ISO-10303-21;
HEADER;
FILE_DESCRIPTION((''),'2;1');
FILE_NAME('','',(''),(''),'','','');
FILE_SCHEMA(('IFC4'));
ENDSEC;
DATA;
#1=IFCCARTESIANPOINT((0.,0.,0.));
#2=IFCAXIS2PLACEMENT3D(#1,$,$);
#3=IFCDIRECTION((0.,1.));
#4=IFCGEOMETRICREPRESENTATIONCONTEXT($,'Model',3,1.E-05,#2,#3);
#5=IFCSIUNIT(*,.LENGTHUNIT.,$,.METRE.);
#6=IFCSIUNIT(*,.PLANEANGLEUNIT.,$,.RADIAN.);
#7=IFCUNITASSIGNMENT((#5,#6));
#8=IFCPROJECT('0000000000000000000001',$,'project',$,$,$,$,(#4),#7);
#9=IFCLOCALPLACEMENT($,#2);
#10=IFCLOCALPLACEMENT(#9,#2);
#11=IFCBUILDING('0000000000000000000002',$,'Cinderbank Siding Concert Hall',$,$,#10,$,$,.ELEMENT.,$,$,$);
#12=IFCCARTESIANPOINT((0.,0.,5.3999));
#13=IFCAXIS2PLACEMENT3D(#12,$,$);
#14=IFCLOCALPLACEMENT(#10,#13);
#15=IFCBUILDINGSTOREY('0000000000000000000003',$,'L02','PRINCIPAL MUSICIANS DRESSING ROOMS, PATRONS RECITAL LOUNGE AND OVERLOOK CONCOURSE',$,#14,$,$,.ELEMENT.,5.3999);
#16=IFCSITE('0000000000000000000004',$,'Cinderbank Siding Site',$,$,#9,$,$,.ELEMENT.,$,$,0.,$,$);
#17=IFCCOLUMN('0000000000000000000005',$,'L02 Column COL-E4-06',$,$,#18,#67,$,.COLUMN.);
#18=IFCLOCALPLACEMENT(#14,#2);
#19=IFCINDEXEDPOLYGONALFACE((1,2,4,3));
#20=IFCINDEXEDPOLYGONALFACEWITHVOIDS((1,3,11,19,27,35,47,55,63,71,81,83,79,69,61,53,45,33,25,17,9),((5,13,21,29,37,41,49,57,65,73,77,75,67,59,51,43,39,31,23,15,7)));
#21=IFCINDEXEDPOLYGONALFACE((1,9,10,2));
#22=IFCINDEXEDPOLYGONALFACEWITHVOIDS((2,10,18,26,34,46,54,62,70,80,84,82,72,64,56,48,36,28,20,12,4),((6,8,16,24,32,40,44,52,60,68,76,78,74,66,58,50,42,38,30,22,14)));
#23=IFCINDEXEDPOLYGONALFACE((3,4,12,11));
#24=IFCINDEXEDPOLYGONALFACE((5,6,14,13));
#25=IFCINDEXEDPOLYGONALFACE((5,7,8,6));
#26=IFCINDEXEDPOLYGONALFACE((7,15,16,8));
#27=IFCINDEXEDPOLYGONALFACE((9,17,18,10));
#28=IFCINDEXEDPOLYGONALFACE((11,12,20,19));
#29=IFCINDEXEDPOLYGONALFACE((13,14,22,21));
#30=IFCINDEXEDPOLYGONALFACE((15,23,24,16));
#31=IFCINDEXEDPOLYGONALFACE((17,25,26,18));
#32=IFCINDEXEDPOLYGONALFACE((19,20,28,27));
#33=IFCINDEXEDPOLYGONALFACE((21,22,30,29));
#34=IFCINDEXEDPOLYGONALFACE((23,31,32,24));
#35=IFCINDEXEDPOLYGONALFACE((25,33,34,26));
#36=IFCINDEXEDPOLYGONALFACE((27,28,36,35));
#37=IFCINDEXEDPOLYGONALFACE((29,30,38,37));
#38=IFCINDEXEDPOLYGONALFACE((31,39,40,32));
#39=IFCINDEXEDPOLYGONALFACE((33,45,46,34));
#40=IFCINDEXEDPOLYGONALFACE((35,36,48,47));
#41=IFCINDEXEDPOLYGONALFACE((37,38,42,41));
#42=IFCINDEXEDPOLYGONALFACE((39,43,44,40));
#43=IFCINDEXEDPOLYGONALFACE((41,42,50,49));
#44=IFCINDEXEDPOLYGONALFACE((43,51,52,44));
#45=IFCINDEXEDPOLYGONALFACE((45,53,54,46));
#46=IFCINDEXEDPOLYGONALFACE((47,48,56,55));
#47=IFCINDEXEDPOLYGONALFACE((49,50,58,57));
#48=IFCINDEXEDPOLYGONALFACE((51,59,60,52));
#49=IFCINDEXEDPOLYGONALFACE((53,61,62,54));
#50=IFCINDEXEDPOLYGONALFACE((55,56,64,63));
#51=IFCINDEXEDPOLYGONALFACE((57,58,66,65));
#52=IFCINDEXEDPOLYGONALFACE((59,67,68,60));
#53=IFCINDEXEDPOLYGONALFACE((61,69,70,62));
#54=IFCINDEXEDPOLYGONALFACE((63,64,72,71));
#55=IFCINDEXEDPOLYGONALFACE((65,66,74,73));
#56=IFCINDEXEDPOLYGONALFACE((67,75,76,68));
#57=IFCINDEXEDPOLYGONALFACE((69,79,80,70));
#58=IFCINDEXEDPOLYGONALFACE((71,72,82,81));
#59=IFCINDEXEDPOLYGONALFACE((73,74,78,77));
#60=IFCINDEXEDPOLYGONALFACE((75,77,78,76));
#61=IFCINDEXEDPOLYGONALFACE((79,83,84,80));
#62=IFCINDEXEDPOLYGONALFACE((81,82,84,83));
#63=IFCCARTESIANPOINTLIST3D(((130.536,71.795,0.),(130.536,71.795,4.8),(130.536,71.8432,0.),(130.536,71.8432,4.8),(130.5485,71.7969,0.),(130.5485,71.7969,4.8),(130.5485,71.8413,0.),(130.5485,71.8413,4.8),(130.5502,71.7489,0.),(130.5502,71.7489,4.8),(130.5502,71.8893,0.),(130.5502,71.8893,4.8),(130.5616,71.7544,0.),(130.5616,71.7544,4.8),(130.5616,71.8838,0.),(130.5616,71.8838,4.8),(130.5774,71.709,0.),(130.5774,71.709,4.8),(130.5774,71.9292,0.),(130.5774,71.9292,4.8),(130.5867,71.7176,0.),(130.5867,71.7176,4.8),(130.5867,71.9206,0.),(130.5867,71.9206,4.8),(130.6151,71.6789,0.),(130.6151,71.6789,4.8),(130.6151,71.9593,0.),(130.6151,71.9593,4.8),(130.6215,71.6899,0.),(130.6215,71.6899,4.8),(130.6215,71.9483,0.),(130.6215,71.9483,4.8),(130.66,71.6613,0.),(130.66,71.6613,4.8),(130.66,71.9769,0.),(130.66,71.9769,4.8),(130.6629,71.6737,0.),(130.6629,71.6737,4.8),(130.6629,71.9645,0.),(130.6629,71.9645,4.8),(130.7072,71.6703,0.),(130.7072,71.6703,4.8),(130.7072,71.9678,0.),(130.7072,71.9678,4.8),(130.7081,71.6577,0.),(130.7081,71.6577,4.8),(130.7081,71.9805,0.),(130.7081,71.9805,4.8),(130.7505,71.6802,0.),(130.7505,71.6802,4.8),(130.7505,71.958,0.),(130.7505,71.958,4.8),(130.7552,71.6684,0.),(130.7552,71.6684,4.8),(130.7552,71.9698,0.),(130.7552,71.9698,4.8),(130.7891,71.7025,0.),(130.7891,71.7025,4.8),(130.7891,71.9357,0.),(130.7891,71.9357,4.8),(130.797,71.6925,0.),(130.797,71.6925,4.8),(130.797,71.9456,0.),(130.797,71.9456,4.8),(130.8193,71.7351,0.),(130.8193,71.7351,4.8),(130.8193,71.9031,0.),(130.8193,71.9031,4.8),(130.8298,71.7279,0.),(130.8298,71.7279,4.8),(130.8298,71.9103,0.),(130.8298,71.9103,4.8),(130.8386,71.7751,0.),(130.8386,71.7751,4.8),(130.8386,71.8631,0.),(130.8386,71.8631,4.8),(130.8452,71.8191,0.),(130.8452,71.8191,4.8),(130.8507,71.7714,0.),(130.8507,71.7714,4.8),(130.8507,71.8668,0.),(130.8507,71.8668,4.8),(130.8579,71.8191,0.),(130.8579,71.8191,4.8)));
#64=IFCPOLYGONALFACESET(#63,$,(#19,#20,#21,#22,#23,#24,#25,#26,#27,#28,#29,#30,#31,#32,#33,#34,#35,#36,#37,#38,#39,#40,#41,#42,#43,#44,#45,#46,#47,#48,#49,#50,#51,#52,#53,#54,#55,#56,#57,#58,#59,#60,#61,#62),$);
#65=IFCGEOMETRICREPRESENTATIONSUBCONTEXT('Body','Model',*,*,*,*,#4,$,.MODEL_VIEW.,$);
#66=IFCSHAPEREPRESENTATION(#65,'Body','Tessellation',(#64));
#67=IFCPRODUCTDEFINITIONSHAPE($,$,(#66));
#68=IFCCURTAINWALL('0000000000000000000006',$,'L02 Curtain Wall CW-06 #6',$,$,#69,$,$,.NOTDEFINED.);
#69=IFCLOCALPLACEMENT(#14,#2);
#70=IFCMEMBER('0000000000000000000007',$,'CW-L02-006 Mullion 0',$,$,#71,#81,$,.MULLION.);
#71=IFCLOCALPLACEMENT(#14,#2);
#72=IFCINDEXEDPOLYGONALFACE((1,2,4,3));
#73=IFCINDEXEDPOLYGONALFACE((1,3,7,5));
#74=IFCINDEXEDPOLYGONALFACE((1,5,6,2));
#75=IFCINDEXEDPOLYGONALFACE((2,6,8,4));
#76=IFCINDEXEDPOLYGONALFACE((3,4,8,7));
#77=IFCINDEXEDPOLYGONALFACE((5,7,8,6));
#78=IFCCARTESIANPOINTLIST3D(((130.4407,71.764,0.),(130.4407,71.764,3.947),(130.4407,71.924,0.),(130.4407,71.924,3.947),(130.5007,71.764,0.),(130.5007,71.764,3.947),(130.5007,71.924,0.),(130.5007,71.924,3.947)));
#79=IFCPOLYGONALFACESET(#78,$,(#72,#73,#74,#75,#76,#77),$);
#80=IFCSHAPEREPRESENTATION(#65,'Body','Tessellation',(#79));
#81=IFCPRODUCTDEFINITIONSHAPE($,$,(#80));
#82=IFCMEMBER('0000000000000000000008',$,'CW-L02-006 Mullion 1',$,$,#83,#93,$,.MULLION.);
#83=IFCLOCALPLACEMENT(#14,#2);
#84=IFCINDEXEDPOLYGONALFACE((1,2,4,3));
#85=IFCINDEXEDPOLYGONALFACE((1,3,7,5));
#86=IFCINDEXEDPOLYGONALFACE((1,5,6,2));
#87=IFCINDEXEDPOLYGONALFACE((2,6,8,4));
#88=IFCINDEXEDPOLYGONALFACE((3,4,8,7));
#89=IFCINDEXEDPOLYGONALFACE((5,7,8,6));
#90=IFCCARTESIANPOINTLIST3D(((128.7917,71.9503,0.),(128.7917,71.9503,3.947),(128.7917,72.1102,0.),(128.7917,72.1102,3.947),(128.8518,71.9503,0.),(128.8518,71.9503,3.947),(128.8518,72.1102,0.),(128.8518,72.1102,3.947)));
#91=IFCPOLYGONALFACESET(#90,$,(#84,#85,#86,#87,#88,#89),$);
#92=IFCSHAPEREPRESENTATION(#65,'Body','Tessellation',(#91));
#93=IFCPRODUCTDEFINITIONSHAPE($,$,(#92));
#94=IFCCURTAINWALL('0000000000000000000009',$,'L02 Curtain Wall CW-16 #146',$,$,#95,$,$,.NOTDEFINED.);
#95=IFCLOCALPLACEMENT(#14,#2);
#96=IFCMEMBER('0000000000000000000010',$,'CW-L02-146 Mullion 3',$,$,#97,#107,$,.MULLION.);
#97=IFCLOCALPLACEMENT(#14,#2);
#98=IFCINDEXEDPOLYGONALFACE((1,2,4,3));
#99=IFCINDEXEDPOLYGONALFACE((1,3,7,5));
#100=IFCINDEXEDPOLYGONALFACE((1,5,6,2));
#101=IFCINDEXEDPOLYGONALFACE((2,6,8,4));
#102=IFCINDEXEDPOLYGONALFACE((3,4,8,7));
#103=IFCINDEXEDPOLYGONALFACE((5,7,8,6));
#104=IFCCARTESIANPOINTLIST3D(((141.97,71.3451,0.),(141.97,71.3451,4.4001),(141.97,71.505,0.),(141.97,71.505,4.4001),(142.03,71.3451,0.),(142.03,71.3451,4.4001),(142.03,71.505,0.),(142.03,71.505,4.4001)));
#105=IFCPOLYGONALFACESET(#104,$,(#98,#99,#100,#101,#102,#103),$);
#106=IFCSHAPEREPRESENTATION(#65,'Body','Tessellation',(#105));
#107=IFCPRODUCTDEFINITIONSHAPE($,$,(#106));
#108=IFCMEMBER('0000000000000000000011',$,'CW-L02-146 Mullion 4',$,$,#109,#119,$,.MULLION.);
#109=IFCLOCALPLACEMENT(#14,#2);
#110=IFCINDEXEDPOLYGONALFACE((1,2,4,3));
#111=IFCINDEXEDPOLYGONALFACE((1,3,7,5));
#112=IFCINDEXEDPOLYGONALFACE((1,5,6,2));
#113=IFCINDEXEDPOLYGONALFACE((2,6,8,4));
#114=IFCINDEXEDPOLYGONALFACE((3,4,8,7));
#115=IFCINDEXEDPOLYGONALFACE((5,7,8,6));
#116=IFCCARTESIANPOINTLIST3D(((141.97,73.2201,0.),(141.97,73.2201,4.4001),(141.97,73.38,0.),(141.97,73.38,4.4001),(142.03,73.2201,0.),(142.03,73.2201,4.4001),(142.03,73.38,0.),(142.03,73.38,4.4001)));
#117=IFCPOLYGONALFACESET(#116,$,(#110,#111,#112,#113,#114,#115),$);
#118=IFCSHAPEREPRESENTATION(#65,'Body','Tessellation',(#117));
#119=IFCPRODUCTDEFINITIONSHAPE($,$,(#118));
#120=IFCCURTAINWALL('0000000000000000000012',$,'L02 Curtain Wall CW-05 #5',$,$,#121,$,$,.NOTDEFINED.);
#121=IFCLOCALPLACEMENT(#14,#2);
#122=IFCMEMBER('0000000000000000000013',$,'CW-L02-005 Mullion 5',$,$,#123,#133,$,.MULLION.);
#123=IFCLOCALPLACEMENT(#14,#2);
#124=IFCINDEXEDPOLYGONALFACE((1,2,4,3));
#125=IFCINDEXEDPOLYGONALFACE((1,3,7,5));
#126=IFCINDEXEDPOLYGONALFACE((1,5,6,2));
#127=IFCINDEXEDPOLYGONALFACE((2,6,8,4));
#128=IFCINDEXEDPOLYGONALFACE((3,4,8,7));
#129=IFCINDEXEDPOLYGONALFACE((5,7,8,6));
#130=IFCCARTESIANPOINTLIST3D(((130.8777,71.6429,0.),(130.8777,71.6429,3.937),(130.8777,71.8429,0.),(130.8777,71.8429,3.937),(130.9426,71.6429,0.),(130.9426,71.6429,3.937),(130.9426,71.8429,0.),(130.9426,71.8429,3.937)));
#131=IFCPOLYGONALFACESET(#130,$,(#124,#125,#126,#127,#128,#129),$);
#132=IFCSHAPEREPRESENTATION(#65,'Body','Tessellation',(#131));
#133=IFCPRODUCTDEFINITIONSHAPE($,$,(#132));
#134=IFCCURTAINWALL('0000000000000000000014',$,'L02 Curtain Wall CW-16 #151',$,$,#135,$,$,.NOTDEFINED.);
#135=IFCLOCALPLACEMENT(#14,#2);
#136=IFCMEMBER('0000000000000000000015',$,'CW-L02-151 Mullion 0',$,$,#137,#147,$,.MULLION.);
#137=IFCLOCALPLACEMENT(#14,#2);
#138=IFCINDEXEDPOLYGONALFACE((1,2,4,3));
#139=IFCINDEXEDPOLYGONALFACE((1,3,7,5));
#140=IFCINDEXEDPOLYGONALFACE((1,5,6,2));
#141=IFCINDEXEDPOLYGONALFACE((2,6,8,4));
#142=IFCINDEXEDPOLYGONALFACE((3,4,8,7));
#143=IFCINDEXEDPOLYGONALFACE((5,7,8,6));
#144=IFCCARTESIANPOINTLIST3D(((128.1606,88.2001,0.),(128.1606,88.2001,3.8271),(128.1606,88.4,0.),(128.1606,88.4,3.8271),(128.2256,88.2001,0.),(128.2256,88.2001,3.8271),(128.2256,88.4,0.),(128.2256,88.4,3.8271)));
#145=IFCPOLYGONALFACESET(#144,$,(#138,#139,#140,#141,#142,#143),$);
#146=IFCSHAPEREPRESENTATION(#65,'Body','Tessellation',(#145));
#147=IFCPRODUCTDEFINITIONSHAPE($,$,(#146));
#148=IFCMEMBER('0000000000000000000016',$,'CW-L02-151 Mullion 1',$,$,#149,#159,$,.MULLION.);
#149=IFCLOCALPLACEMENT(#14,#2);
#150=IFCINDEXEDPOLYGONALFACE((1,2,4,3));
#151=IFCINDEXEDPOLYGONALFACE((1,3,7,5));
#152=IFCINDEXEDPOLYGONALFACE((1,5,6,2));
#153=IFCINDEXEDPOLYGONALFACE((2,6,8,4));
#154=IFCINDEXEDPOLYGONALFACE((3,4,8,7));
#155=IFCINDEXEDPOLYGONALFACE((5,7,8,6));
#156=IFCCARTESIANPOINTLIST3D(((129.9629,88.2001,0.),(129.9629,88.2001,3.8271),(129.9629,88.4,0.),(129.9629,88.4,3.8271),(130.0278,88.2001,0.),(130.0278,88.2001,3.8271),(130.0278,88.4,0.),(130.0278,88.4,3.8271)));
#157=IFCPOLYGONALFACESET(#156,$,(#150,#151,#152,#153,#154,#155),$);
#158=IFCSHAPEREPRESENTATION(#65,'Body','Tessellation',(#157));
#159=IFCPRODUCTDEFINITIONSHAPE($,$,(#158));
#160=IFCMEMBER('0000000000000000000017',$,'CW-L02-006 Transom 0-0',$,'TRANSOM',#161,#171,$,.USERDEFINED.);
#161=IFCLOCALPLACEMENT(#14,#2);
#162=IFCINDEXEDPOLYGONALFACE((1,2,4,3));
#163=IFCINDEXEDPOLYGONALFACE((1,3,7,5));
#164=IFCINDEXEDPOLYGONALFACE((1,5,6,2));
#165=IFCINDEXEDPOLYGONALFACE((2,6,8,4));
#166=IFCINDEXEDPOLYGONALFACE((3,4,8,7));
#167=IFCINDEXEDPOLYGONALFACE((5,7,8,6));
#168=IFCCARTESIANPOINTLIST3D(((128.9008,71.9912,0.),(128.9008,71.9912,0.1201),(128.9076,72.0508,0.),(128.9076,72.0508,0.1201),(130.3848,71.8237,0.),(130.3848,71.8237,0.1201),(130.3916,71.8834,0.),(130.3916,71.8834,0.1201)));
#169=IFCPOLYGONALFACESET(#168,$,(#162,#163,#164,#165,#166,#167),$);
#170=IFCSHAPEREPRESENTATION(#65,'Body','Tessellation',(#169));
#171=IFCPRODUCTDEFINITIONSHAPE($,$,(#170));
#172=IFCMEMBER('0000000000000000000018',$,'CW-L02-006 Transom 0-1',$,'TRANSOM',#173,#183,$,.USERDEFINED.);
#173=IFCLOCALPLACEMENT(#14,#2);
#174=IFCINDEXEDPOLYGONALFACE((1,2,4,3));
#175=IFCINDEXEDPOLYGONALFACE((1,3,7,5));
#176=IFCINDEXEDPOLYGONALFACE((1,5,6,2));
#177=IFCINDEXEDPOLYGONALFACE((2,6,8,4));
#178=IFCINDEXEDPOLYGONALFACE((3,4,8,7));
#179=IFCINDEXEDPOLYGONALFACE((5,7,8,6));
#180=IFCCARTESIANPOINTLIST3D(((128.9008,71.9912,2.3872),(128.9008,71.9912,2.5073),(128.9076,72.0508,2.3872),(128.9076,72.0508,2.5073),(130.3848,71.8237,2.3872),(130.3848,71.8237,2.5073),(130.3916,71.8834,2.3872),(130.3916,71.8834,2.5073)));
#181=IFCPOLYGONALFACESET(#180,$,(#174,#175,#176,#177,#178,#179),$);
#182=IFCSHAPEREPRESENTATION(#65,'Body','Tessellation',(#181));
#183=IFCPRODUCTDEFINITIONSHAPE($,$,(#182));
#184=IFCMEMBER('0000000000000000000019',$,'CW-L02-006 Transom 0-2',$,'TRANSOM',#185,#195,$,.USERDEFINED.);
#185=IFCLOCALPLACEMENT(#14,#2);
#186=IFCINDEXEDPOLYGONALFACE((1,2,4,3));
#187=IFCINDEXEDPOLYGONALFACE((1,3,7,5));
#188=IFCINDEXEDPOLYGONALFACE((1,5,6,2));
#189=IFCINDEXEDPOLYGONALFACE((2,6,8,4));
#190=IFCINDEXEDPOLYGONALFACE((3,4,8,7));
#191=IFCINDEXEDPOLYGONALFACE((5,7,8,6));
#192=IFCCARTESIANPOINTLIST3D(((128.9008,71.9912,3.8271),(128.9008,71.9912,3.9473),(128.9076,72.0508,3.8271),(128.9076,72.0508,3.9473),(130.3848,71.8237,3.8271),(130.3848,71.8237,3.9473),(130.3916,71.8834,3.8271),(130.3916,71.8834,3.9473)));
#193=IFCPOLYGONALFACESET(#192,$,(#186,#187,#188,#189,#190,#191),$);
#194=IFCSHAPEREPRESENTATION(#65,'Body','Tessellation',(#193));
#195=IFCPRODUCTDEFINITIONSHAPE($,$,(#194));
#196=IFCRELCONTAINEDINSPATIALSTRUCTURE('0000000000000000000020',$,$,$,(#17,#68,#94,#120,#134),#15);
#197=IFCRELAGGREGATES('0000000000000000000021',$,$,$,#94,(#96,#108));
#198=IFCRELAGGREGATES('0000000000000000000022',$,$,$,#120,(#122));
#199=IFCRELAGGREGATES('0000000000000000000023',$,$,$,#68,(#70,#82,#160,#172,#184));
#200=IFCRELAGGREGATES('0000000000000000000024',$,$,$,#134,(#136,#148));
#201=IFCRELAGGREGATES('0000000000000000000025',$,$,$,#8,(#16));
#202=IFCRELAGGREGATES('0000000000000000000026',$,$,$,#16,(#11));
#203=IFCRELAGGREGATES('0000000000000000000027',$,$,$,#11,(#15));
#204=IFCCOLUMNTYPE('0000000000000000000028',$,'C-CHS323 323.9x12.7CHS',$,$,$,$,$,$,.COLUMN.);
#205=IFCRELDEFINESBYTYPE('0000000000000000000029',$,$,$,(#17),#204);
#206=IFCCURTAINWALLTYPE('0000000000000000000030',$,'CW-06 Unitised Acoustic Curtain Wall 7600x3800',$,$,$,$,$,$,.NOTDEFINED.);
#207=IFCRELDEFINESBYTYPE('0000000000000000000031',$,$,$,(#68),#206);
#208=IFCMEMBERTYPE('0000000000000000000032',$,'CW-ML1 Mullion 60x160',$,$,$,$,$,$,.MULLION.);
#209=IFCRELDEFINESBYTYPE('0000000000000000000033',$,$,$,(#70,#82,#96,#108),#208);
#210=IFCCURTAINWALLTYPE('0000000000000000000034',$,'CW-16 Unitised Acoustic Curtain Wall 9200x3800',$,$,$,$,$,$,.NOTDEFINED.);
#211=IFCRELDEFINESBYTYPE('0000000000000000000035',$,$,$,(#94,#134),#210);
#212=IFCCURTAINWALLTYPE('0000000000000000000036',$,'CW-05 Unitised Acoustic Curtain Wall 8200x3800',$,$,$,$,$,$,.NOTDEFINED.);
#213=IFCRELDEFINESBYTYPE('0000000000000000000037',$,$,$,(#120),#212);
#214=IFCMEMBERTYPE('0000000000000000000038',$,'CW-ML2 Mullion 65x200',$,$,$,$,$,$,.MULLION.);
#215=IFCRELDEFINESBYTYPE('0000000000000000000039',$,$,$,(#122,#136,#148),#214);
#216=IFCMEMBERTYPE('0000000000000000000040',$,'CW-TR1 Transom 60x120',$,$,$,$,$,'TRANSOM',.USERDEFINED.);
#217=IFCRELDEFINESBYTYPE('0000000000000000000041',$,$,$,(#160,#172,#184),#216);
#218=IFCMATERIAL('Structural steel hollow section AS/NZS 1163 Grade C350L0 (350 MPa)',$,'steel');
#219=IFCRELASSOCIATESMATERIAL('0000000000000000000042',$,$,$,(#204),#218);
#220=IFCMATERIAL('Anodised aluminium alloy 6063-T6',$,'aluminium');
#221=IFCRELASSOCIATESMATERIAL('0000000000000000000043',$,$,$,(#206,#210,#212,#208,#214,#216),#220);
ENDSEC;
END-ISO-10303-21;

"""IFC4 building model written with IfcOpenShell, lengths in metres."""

from ifc_helpers import new_model, si_unit, direction, frame, origin, origin_2d, place, context, subcontext, project, spatial, rectangle, hollow_circle, extrude, material, material_profile, profile_set, type_object, element, aggregate, save


model = new_model("IFC4")

# Units and contexts
model_context = context("Model", 3, precision=1e-05, world=origin(), true_north=direction((0.0, 1.0)))
body_context = subcontext(model_context, "Body", "Model", "MODEL_VIEW")
ifc_project = project(units=[si_unit("LENGTHUNIT", "METRE"), si_unit("PLANEANGLEUNIT", "RADIAN")], contexts=[model_context])

# Site, building, storey
site_placement = place(None, origin())
site = spatial("IfcSite", under=ifc_project, at=site_placement, Name="Cinderbank Siding Site", CompositionType="ELEMENT", RefElevation=0.0)
building_placement = place(site_placement, origin())
building = spatial("IfcBuilding", under=site, at=building_placement, Name="Cinderbank Siding Concert Hall", CompositionType="ELEMENT")
storey_placement = place(building_placement, frame((0.0, 0.0, 5.3999)))
storey = spatial("IfcBuildingStorey", under=building, at=storey_placement, Name="L02", Description="PRINCIPAL MUSICIANS DRESSING ROOMS, PATRONS RECITAL LOUNGE AND OVERLOOK CONCOURSE", CompositionType="ELEMENT", Elevation=5.3999)

# Column
ifc_material_1 = material(Name="Structural steel hollow section AS/NZS 1163 Grade C350L0 (350 MPa)", Category="steel")
ifc_material_profile_1 = material_profile(ifc_material_1, hollow_circle(Radius=0.1619, WallThickness=0.0127, at=origin_2d()), Name="323.9x12.7CHS", Category="LoadBearing")
ifc_profile_set_1 = profile_set([ifc_material_profile_1], Name="Structural steel hollow section AS/NZS 1163 Grade C350L0 (350 MPa)")
column_type = type_object("IfcColumnType", Name="C-CHS323 323.9x12.7CHS", PredefinedType="COLUMN", material=ifc_profile_set_1)
column_placement = place(storey_placement, frame((130.696, 71.8191, 0.0), z_axis=(0.0, 0.0, 1.0), x_axis=(1.0, 0.0, 0.0)))
element("IfcColumn", 1, at=column_placement, inside=storey, type_object=column_type, Name="L02 Column COL-E4-06", PredefinedType="COLUMN", context=body_context, shape_type="SweptSolid", body=[
    extrude(hollow_circle(Radius=0.1619, WallThickness=0.0127, at=origin_2d()), origin(), (0.0, 0.0, 1.0), 4.8),
])

# Curtain walls, members
ifc_material_2 = material(Name="Anodised aluminium alloy 6063-T6", Category="aluminium")
curtain_wall_type_1 = type_object("IfcCurtainWallType", Name="CW-06 Unitised Acoustic Curtain Wall 7600x3800", PredefinedType="NOTDEFINED", material=ifc_material_2)
curtain_wall_1_placement = place(storey_placement, origin())
curtain_wall_1 = element("IfcCurtainWall", 2, at=curtain_wall_1_placement, inside=storey, type_object=curtain_wall_type_1, Name="L02 Curtain Wall CW-06 #6", PredefinedType="NOTDEFINED")
ifc_material_profile_2 = material_profile(ifc_material_2, rectangle(XDim=0.0601, YDim=0.1599, at=origin_2d()), Name="ALU-MULL-60x160", Category="LoadBearing")
ifc_profile_set_2 = profile_set([ifc_material_profile_2], Name="Anodised aluminium alloy 6063-T6")
member_type_1 = type_object("IfcMemberType", Name="CW-ML1 Mullion 60x160", PredefinedType="MULLION", material=ifc_profile_set_2)
member_1_placement = place(storey_placement, frame((130.4707, 71.844, 0.0), z_axis=(0.0, 0.0, 1.0), x_axis=(1.0, 0.0, 0.0)))
member_1 = element("IfcMember", 3, at=member_1_placement, type_object=member_type_1, Name="CW-L02-006 Mullion 0", PredefinedType="MULLION", context=body_context, shape_type="SweptSolid", body=[
    extrude(rectangle(XDim=0.0601, YDim=0.1599, at=origin_2d()), origin(), (0.0, 0.0, 1.0), 3.947),
])
member_2_placement = place(storey_placement, frame((128.8218, 72.0303, 0.0), z_axis=(0.0, 0.0, 1.0), x_axis=(1.0, 0.0, 0.0)))
member_2 = element("IfcMember", 4, at=member_2_placement, type_object=member_type_1, Name="CW-L02-006 Mullion 1", PredefinedType="MULLION", context=body_context, shape_type="SweptSolid", body=[
    extrude(rectangle(XDim=0.0601, YDim=0.1599, at=origin_2d()), origin(), (0.0, 0.0, 1.0), 3.947),
])
curtain_wall_type_2 = type_object("IfcCurtainWallType", Name="CW-16 Unitised Acoustic Curtain Wall 9200x3800", PredefinedType="NOTDEFINED", material=ifc_material_2)
curtain_wall_2_placement = place(storey_placement, origin())
curtain_wall_2 = element("IfcCurtainWall", 5, at=curtain_wall_2_placement, inside=storey, type_object=curtain_wall_type_2, Name="L02 Curtain Wall CW-16 #146", PredefinedType="NOTDEFINED")
member_3_placement = place(storey_placement, frame((142.0, 71.425, 0.0), z_axis=(0.0, 0.0, 1.0), x_axis=(1.0, 0.0, 0.0)))
member_3 = element("IfcMember", 6, at=member_3_placement, type_object=member_type_1, Name="CW-L02-146 Mullion 3", PredefinedType="MULLION", context=body_context, shape_type="SweptSolid", body=[
    extrude(rectangle(XDim=0.0601, YDim=0.1599, at=origin_2d()), origin(), (0.0, 0.0, 1.0), 4.4001),
])
member_4_placement = place(storey_placement, frame((142.0, 73.3, 0.0), z_axis=(0.0, 0.0, 1.0), x_axis=(1.0, 0.0, 0.0)))
member_4 = element("IfcMember", 7, at=member_4_placement, type_object=member_type_1, Name="CW-L02-146 Mullion 4", PredefinedType="MULLION", context=body_context, shape_type="SweptSolid", body=[
    extrude(rectangle(XDim=0.0601, YDim=0.1599, at=origin_2d()), origin(), (0.0, 0.0, 1.0), 4.4001),
])

# Curtain wall, member
curtain_wall_type_3 = type_object("IfcCurtainWallType", Name="CW-05 Unitised Acoustic Curtain Wall 8200x3800", PredefinedType="NOTDEFINED", material=ifc_material_2)
curtain_wall_3_placement = place(storey_placement, origin())
curtain_wall_3 = element("IfcCurtainWall", 8, at=curtain_wall_3_placement, inside=storey, type_object=curtain_wall_type_3, Name="L02 Curtain Wall CW-05 #5", PredefinedType="NOTDEFINED")
ifc_material_profile_3 = material_profile(ifc_material_2, rectangle(XDim=0.0649, YDim=0.2, at=origin_2d()), Name="ALU-MULL-65x200", Category="LoadBearing")
ifc_profile_set_3 = profile_set([ifc_material_profile_3], Name="Anodised aluminium alloy 6063-T6")
member_type_2 = type_object("IfcMemberType", Name="CW-ML2 Mullion 65x200", PredefinedType="MULLION", material=ifc_profile_set_3)
member_5_placement = place(storey_placement, frame((130.9102, 71.7429, 0.0), z_axis=(0.0, 0.0, 1.0), x_axis=(1.0, 0.0, 0.0)))
member_5 = element("IfcMember", 9, at=member_5_placement, type_object=member_type_2, Name="CW-L02-005 Mullion 5", PredefinedType="MULLION", context=body_context, shape_type="SweptSolid", body=[
    extrude(rectangle(XDim=0.0649, YDim=0.2, at=origin_2d()), origin(), (0.0, 0.0, 1.0), 3.937),
])

# Curtain wall, members
curtain_wall_4_placement = place(storey_placement, origin())
curtain_wall_4 = element("IfcCurtainWall", 10, at=curtain_wall_4_placement, inside=storey, type_object=curtain_wall_type_2, Name="L02 Curtain Wall CW-16 #151", PredefinedType="NOTDEFINED")
member_6_placement = place(storey_placement, frame((128.1931, 88.3, 0.0), z_axis=(0.0, 0.0, 1.0), x_axis=(1.0, 0.0, 0.0)))
member_6 = element("IfcMember", 11, at=member_6_placement, type_object=member_type_2, Name="CW-L02-151 Mullion 0", PredefinedType="MULLION", context=body_context, shape_type="SweptSolid", body=[
    extrude(rectangle(XDim=0.0649, YDim=0.2, at=origin_2d()), origin(), (0.0, 0.0, 1.0), 3.8271),
])
member_7_placement = place(storey_placement, frame((129.9954, 88.3, 0.0), z_axis=(0.0, 0.0, 1.0), x_axis=(1.0, 0.0, 0.0)))
member_7 = element("IfcMember", 12, at=member_7_placement, type_object=member_type_2, Name="CW-L02-151 Mullion 1", PredefinedType="MULLION", context=body_context, shape_type="SweptSolid", body=[
    extrude(rectangle(XDim=0.0649, YDim=0.2, at=origin_2d()), origin(), (0.0, 0.0, 1.0), 3.8271),
])

# Members
ifc_material_profile_4 = material_profile(ifc_material_2, rectangle(XDim=0.0601, YDim=0.1201, at=origin_2d()), Name="ALU-TRAN-60x120", Category="LoadBearing")
ifc_profile_set_4 = profile_set([ifc_material_profile_4], Name="Anodised aluminium alloy 6063-T6")
member_type_3 = type_object("IfcMemberType", Name="CW-TR1 Transom 60x120", ElementType="TRANSOM", PredefinedType="USERDEFINED", material=ifc_profile_set_4)
member_8_placement = place(storey_placement, frame((130.3882, 71.8535, 0.0601), z_axis=(-0.993691, 0.112154, 0.0), x_axis=(-0.112154, -0.993691, 0.0)))
member_8 = element("IfcMember", 13, at=member_8_placement, type_object=member_type_3, Name="CW-L02-006 Transom 0-0", ObjectType="TRANSOM", PredefinedType="USERDEFINED", context=body_context, shape_type="SweptSolid", body=[
    extrude(rectangle(XDim=0.0601, YDim=0.1201, at=origin_2d()), origin(), (0.0, 0.0, 1.0), 1.4934),
])
member_9_placement = place(storey_placement, frame((130.3882, 71.8535, 2.4473), z_axis=(-0.993691, 0.112154, 0.0), x_axis=(-0.112154, -0.993691, 0.0)))
member_9 = element("IfcMember", 14, at=member_9_placement, type_object=member_type_3, Name="CW-L02-006 Transom 0-1", ObjectType="TRANSOM", PredefinedType="USERDEFINED", context=body_context, shape_type="SweptSolid", body=[
    extrude(rectangle(XDim=0.0601, YDim=0.1201, at=origin_2d()), origin(), (0.0, 0.0, 1.0), 1.4934),
])
member_10_placement = place(storey_placement, frame((130.3882, 71.8535, 3.8872), z_axis=(-0.993691, 0.112154, 0.0), x_axis=(-0.112154, -0.993691, 0.0)))
member_10 = element("IfcMember", 15, at=member_10_placement, type_object=member_type_3, Name="CW-L02-006 Transom 0-2", ObjectType="TRANSOM", PredefinedType="USERDEFINED", context=body_context, shape_type="SweptSolid", body=[
    extrude(rectangle(XDim=0.0601, YDim=0.1201, at=origin_2d()), origin(), (0.0, 0.0, 1.0), 1.4934),
])

aggregate(curtain_wall_2, [member_3, member_4])
aggregate(curtain_wall_3, [member_5])
aggregate(curtain_wall_1, [member_1, member_2, member_8, member_9, member_10])
aggregate(curtain_wall_4, [member_6, member_7])

save(model, "model.ifc")
